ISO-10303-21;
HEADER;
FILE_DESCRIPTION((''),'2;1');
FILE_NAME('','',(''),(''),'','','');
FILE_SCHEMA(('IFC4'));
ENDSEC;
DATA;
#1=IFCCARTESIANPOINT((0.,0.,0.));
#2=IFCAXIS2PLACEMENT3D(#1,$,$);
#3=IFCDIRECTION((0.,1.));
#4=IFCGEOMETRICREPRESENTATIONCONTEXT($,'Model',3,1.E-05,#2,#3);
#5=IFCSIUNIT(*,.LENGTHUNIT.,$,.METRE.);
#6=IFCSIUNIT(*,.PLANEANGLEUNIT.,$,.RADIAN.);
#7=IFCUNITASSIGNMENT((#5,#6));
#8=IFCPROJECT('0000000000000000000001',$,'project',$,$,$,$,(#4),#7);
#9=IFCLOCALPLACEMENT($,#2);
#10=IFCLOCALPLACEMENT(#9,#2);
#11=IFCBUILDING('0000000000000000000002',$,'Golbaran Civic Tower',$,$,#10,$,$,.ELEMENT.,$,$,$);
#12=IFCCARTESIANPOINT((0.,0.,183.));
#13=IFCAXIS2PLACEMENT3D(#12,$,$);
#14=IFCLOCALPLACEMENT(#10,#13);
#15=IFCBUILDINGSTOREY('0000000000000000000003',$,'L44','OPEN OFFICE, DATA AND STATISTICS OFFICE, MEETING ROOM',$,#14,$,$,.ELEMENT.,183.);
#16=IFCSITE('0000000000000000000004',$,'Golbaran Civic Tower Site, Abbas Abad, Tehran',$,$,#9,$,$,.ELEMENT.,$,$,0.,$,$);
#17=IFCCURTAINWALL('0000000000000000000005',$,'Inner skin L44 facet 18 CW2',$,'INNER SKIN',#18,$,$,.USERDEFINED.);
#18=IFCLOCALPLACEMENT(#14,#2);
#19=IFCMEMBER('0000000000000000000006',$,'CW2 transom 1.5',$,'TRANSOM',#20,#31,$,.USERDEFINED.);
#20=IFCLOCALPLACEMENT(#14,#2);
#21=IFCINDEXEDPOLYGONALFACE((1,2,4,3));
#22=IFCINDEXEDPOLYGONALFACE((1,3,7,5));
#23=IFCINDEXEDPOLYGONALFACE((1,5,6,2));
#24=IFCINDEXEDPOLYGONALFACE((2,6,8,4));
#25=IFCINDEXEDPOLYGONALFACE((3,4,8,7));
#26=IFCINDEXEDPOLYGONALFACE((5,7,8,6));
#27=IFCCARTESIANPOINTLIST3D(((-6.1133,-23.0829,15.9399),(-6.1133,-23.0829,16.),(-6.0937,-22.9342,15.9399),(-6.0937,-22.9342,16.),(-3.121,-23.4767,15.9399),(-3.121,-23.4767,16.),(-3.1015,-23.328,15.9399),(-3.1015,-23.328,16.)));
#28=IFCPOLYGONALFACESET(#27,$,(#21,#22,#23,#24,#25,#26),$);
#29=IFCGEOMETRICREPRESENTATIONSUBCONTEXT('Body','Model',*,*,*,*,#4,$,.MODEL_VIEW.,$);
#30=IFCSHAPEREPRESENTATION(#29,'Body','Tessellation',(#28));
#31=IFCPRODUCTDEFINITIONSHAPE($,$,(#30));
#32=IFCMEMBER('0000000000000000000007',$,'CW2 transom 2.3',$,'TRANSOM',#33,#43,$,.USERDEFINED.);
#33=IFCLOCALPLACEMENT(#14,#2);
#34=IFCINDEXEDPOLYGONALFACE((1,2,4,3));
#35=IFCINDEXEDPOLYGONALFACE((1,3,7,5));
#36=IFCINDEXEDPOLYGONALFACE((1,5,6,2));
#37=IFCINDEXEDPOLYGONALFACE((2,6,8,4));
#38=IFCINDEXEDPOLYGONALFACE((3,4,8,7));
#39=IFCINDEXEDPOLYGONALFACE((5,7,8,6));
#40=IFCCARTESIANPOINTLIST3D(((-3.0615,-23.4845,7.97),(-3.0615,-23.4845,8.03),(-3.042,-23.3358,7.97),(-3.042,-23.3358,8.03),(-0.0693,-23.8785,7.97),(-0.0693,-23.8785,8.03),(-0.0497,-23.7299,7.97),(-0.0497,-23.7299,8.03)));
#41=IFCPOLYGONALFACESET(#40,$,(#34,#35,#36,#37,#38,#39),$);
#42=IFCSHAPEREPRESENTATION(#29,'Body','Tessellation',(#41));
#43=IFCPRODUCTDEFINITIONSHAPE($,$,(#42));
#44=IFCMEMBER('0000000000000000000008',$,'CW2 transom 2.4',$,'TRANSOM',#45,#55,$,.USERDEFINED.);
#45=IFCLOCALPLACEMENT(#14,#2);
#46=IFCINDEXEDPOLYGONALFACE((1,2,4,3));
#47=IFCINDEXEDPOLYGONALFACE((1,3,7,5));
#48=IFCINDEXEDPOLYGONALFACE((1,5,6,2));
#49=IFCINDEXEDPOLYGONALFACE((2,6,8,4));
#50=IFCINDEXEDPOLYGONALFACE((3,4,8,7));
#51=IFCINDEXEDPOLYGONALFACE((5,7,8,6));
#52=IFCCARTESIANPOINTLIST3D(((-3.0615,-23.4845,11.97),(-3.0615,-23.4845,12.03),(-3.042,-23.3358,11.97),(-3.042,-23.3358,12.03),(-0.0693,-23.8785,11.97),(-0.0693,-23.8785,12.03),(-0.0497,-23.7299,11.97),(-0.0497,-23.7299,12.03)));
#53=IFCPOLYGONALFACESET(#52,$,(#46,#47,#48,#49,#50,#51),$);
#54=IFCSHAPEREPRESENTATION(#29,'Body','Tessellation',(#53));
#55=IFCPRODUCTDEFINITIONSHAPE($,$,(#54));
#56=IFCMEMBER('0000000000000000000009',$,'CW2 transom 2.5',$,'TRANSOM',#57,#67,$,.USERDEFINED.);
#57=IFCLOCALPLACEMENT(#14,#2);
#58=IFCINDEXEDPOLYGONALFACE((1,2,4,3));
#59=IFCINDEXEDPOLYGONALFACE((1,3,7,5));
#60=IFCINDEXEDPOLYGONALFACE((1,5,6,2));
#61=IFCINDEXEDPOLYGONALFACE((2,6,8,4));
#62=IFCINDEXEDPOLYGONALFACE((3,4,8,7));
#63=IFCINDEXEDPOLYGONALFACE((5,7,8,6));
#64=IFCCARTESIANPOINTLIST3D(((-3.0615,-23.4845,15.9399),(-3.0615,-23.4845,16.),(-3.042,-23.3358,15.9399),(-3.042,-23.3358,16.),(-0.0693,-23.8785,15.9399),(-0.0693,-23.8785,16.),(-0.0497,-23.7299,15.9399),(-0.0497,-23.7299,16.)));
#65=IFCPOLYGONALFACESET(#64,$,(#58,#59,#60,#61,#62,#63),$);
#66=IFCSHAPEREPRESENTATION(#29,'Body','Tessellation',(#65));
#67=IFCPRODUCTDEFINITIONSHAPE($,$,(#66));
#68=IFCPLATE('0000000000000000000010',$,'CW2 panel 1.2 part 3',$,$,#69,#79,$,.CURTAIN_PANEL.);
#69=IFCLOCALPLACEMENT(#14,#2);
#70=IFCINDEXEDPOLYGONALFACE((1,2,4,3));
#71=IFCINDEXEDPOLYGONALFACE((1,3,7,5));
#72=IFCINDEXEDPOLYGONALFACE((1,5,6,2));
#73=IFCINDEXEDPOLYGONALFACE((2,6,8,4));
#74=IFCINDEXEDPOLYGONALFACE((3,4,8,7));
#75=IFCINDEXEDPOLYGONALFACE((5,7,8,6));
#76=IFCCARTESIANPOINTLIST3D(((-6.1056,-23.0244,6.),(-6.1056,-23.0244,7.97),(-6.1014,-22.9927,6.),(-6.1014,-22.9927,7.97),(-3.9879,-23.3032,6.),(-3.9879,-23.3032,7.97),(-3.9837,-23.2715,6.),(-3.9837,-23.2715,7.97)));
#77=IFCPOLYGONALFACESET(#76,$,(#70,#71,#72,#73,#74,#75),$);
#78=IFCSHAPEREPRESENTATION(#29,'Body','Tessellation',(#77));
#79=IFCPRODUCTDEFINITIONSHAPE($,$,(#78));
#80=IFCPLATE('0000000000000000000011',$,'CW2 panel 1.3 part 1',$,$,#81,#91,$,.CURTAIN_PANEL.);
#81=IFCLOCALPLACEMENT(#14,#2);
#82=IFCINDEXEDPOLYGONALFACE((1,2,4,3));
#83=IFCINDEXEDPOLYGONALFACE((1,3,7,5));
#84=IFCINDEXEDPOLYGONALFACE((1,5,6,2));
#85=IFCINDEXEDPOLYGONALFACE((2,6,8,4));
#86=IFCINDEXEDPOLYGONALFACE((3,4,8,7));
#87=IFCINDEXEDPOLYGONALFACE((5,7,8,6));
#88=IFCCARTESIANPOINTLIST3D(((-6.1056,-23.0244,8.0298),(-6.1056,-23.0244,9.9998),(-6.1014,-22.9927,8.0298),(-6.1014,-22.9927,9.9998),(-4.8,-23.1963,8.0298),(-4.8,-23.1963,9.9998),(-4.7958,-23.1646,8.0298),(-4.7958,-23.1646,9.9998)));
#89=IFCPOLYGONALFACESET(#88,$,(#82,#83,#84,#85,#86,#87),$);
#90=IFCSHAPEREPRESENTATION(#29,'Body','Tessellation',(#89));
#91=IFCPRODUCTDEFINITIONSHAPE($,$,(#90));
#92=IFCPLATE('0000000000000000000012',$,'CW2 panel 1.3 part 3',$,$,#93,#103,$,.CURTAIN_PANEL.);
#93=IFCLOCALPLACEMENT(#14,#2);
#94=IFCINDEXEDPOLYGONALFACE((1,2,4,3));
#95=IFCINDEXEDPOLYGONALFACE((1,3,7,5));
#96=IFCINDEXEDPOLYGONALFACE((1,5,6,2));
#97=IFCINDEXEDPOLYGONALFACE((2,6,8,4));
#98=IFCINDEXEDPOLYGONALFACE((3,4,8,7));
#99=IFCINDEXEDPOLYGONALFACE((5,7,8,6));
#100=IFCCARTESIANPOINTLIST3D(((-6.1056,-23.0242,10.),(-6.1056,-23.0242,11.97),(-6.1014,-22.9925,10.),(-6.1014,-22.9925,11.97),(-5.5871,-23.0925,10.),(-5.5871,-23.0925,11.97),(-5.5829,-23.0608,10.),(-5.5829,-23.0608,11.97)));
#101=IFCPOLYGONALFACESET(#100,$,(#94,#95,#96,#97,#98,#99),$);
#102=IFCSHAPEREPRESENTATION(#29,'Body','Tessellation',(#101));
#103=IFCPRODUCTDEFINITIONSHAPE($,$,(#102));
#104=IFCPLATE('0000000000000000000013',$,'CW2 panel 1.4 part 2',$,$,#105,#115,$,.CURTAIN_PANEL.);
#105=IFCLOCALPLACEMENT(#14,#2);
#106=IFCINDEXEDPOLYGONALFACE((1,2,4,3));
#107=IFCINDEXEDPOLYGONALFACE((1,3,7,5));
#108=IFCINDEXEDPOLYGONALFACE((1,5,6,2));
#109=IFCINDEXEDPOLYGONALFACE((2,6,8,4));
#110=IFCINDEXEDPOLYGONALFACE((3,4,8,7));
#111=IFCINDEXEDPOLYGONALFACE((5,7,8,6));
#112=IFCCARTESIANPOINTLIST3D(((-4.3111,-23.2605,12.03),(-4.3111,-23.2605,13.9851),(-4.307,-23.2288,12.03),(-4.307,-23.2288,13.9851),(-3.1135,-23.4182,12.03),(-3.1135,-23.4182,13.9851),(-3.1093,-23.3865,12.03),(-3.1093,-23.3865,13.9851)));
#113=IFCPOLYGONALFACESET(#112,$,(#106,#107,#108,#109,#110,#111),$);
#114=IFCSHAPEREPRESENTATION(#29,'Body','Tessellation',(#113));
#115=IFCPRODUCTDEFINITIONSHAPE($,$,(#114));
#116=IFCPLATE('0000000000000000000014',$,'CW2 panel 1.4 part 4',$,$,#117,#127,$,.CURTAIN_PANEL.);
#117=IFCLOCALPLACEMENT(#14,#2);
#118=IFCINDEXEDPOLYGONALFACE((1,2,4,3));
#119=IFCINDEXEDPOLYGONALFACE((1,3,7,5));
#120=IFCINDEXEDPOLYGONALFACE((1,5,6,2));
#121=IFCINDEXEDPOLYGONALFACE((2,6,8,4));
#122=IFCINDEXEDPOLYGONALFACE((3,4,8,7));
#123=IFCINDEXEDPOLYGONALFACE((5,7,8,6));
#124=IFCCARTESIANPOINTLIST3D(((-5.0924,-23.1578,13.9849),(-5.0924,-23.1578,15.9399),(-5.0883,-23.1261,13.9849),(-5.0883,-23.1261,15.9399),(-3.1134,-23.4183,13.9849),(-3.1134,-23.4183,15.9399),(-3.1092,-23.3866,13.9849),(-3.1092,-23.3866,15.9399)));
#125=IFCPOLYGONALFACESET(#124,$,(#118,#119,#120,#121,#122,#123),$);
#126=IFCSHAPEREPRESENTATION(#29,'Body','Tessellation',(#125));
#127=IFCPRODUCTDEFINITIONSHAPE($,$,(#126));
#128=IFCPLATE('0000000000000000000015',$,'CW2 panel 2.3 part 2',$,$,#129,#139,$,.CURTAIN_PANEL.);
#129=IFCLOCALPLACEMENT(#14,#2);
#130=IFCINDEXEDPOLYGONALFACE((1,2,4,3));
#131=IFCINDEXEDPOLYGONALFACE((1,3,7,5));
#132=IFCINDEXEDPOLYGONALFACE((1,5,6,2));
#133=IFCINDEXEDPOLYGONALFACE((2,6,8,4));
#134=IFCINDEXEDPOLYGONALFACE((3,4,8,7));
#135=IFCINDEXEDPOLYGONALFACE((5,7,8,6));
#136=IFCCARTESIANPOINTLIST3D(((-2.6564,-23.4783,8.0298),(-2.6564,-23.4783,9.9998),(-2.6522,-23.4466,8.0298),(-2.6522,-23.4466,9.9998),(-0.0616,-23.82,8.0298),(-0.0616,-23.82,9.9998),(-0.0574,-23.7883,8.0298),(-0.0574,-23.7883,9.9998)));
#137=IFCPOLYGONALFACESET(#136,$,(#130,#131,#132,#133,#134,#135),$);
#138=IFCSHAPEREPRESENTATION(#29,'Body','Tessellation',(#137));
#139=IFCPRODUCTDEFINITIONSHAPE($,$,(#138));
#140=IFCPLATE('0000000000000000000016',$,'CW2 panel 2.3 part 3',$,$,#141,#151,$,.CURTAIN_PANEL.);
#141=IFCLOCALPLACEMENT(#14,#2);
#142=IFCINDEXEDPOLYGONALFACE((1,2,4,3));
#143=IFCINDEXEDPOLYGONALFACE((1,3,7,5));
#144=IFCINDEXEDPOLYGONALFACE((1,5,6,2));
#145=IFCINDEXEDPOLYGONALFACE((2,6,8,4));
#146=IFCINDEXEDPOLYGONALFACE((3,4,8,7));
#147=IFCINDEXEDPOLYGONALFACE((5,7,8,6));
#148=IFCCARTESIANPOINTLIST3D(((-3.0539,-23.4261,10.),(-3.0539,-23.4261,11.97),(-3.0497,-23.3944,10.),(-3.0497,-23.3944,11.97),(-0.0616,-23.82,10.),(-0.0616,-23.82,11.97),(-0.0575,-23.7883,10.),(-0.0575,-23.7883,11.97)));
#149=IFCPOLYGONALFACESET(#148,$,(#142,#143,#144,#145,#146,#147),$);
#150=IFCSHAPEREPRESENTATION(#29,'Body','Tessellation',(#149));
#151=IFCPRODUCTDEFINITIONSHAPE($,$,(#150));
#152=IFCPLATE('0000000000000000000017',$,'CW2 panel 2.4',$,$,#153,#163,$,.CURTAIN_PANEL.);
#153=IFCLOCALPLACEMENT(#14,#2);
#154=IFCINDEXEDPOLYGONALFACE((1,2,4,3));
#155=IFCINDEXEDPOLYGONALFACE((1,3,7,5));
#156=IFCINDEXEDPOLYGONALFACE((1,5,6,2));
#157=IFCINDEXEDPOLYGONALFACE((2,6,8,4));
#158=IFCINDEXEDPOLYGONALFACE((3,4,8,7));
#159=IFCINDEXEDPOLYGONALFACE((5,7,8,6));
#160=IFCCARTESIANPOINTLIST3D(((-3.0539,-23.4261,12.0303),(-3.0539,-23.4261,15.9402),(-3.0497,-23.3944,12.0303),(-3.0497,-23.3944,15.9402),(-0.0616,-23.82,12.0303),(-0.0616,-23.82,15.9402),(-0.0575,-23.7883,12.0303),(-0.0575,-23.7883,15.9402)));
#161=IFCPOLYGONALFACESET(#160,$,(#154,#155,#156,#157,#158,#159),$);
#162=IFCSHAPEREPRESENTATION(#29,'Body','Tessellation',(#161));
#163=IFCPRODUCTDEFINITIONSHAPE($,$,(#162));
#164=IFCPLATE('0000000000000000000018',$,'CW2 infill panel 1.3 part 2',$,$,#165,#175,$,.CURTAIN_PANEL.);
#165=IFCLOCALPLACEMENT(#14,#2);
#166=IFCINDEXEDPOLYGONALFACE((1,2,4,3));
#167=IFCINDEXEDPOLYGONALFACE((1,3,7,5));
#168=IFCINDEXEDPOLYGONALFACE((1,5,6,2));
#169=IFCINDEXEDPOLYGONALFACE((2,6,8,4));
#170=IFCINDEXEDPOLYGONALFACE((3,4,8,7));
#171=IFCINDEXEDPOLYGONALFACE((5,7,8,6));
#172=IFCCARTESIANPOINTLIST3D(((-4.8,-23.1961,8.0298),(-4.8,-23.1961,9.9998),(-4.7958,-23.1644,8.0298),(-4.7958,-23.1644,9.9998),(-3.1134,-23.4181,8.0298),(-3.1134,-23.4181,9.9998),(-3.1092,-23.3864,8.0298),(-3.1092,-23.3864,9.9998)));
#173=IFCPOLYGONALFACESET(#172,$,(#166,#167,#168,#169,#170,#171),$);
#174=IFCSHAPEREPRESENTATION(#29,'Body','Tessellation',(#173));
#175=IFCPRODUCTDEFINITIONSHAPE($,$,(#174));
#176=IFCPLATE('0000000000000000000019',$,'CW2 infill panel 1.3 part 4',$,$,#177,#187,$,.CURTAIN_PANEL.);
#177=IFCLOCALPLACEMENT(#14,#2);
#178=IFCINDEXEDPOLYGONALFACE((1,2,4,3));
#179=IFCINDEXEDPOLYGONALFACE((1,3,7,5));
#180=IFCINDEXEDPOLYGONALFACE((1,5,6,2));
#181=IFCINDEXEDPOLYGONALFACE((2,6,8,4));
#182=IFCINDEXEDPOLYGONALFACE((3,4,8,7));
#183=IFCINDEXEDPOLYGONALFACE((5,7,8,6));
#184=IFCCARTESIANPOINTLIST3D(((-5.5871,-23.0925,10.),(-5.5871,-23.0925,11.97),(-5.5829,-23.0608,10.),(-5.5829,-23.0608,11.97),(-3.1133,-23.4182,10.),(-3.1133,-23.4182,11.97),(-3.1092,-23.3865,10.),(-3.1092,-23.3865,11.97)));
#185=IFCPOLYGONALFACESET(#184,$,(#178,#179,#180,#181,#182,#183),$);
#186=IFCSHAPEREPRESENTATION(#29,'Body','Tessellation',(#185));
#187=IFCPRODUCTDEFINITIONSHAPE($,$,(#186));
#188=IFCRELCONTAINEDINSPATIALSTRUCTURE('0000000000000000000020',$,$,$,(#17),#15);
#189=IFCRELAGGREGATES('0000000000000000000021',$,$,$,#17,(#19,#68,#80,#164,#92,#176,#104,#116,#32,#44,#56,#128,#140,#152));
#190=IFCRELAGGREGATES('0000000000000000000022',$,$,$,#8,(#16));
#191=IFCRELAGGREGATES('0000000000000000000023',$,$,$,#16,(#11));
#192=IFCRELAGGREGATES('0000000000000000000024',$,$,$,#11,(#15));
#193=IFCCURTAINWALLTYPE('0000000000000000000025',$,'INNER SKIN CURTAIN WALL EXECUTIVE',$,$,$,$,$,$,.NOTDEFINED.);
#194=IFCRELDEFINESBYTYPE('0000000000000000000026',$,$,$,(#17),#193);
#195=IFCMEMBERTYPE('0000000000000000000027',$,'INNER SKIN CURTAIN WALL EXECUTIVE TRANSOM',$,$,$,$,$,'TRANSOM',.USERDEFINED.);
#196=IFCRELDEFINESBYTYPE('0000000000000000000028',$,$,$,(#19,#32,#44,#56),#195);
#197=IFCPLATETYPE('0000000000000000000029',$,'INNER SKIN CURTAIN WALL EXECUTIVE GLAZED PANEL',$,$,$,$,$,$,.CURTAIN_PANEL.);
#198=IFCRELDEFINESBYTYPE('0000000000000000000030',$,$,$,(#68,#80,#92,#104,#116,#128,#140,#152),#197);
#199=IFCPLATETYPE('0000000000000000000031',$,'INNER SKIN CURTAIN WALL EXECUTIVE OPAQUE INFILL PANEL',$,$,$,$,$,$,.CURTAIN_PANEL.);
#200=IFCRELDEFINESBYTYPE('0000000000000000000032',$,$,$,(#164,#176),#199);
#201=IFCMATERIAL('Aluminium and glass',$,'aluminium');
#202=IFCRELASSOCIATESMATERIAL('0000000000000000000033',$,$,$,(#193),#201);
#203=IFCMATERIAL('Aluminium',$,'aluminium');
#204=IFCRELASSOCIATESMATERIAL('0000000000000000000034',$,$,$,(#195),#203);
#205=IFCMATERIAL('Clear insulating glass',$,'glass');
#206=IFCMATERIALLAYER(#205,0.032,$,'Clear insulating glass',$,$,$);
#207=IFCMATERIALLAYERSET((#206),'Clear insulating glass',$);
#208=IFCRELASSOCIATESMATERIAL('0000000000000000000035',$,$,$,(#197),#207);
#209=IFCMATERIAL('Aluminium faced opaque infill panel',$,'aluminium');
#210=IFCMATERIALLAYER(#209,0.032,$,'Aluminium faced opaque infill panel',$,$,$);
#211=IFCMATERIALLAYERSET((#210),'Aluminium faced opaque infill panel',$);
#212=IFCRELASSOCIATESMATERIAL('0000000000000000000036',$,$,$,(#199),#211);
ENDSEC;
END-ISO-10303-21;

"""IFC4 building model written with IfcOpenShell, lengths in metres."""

from ifc_helpers import new_model, si_unit, direction, frame, origin, origin_2d, place, context, subcontext, project, spatial, rectangle, extrude, material, layer, layer_set, material_profile, profile_set, type_object, element, aggregate, save


model = new_model("IFC4")

# Units and contexts
model_context = context("Model", 3, precision=1e-05, world=origin(), true_north=direction((0.0, 1.0)))
body_context = subcontext(model_context, "Body", "Model", "MODEL_VIEW")
ifc_project = project(units=[si_unit("LENGTHUNIT", "METRE"), si_unit("PLANEANGLEUNIT", "RADIAN")], contexts=[model_context])

# Site, building, storey
site_placement = place(None, origin())
site = spatial("IfcSite", under=ifc_project, at=site_placement, Name="Golbaran Civic Tower Site, Abbas Abad, Tehran", CompositionType="ELEMENT", RefElevation=0.0)
building_placement = place(site_placement, origin())
building = spatial("IfcBuilding", under=site, at=building_placement, Name="Golbaran Civic Tower", CompositionType="ELEMENT")
storey_placement = place(building_placement, frame((0.0, 0.0, 183.0)))
storey = spatial("IfcBuildingStorey", under=building, at=storey_placement, Name="L44", Description="OPEN OFFICE, DATA AND STATISTICS OFFICE, MEETING ROOM", CompositionType="ELEMENT", Elevation=183.0)

# Curtain wall, members, plates
ifc_material_1 = material(Name="Aluminium and glass", Category="aluminium")
curtain_wall_type_1 = type_object("IfcCurtainWallType", Name="INNER SKIN CURTAIN WALL EXECUTIVE", PredefinedType="NOTDEFINED", material=ifc_material_1)
curtain_wall_1_placement = place(storey_placement, origin())
curtain_wall_1 = element("IfcCurtainWall", 1, at=curtain_wall_1_placement, inside=storey, type_object=curtain_wall_type_1, Name="Inner skin L44 facet 18 CW2", ObjectType="INNER SKIN", PredefinedType="USERDEFINED")
ifc_material_2 = material(Name="Aluminium", Category="aluminium")
ifc_material_profile = material_profile(ifc_material_2, rectangle(XDim=0.1499, YDim=0.0601, at=origin_2d()), Name="INNER SKIN CURTAIN WALL EXECUTIVE TRANSOM")
ifc_profile_set = profile_set([ifc_material_profile], Name="Aluminium")
member_type = type_object("IfcMemberType", Name="INNER SKIN CURTAIN WALL EXECUTIVE TRANSOM", ElementType="TRANSOM", PredefinedType="USERDEFINED", material=ifc_profile_set)
member_1_placement = place(storey_placement, frame((-6.1035, -23.0085, 15.97), z_axis=(0.99145, -0.130484, 0.0), x_axis=(0.130484, 0.99145, 0.0)))
member_1 = element("IfcMember", 2, at=member_1_placement, type_object=member_type, Name="CW2 transom 1.5", ObjectType="TRANSOM", PredefinedType="USERDEFINED", context=body_context, shape_type="SweptSolid", body=[
    extrude(rectangle(XDim=0.1499, YDim=0.0601, at=origin_2d()), origin(), (0.0, 0.0, 1.0), 3.0181),
])
member_2_placement = place(storey_placement, frame((-3.0518, -23.4102, 8.0), z_axis=(0.99144, -0.130563, 0.0), x_axis=(0.130563, 0.99144, 0.0)))
member_2 = element("IfcMember", 3, at=member_2_placement, type_object=member_type, Name="CW2 transom 2.3", ObjectType="TRANSOM", PredefinedType="USERDEFINED", context=body_context, shape_type="SweptSolid", body=[
    extrude(rectangle(XDim=0.1499, YDim=0.0601, at=origin_2d()), origin(), (0.0, 0.0, 1.0), 3.0181),
])
member_3_placement = place(storey_placement, frame((-3.0518, -23.4102, 12.0), z_axis=(0.99144, -0.130563, 0.0), x_axis=(0.130563, 0.99144, 0.0)))
member_3 = element("IfcMember", 4, at=member_3_placement, type_object=member_type, Name="CW2 transom 2.4", ObjectType="TRANSOM", PredefinedType="USERDEFINED", context=body_context, shape_type="SweptSolid", body=[
    extrude(rectangle(XDim=0.1499, YDim=0.0601, at=origin_2d()), origin(), (0.0, 0.0, 1.0), 3.0181),
])
member_4_placement = place(storey_placement, frame((-3.0518, -23.4102, 15.97), z_axis=(0.99144, -0.130563, 0.0), x_axis=(0.130563, 0.99144, 0.0)))
member_4 = element("IfcMember", 5, at=member_4_placement, type_object=member_type, Name="CW2 transom 2.5", ObjectType="TRANSOM", PredefinedType="USERDEFINED", context=body_context, shape_type="SweptSolid", body=[
    extrude(rectangle(XDim=0.1499, YDim=0.0601, at=origin_2d()), origin(), (0.0, 0.0, 1.0), 3.0181),
])
ifc_material_3 = material(Name="Clear insulating glass", Category="glass")
ifc_layer_1 = layer(ifc_material_3, 0.032, Name="Clear insulating glass")
ifc_layer_set_1 = layer_set([ifc_layer_1], Name="Clear insulating glass")
plate_type_1 = type_object("IfcPlateType", Name="INNER SKIN CURTAIN WALL EXECUTIVE GLAZED PANEL", PredefinedType="CURTAIN_PANEL", material=ifc_layer_set_1)
plate_1_placement = place(storey_placement, frame((-5.0447, -23.1479, 6.0), z_axis=(0.0, 0.0, 1.0), x_axis=(0.991445, -0.130526, 0.0)))
plate_1 = element("IfcPlate", 6, at=plate_1_placement, type_object=plate_type_1, Name="CW2 panel 1.2 part 3", PredefinedType="CURTAIN_PANEL", context=body_context, shape_type="SweptSolid", body=[
    extrude(rectangle(XDim=2.136, YDim=0.032, at=origin_2d()), origin(), (0.0, 0.0, 1.0), 1.97),
])
plate_2_placement = place(storey_placement, frame((-5.4507, -23.0945, 8.0298), z_axis=(0.0, 0.0, 1.0), x_axis=(0.991445, -0.130526, 0.0)))
plate_2 = element("IfcPlate", 7, at=plate_2_placement, type_object=plate_type_1, Name="CW2 panel 1.3 part 1", PredefinedType="CURTAIN_PANEL", context=body_context, shape_type="SweptSolid", body=[
    extrude(rectangle(XDim=1.3169, YDim=0.032, at=origin_2d()), origin(), (0.0, 0.0, 1.0), 1.97),
])
plate_3_placement = place(storey_placement, frame((-5.8442, -23.0425, 10.0), z_axis=(0.0, 0.0, 1.0), x_axis=(0.991445, -0.130526, 0.0)))
plate_3 = element("IfcPlate", 8, at=plate_3_placement, type_object=plate_type_1, Name="CW2 panel 1.3 part 3", PredefinedType="CURTAIN_PANEL", context=body_context, shape_type="SweptSolid", body=[
    extrude(rectangle(XDim=0.5229, YDim=0.032, at=origin_2d()), origin(), (0.0, 0.0, 1.0), 1.97),
])
plate_4_placement = place(storey_placement, frame((-3.7102, -23.3235, 12.03), z_axis=(0.0, 0.0, 1.0), x_axis=(0.991445, -0.130526, 0.0)))
plate_4 = element("IfcPlate", 9, at=plate_4_placement, type_object=plate_type_1, Name="CW2 panel 1.4 part 2", PredefinedType="CURTAIN_PANEL", context=body_context, shape_type="SweptSolid", body=[
    extrude(rectangle(XDim=1.208, YDim=0.032, at=origin_2d()), origin(), (0.0, 0.0, 1.0), 1.9551),
])
plate_5_placement = place(storey_placement, frame((-4.1008, -23.2722, 13.9849), z_axis=(0.0, 0.0, 1.0), x_axis=(0.991445, -0.130526, 0.0)))
plate_5 = element("IfcPlate", 10, at=plate_5_placement, type_object=plate_type_1, Name="CW2 panel 1.4 part 4", PredefinedType="CURTAIN_PANEL", context=body_context, shape_type="SweptSolid", body=[
    extrude(rectangle(XDim=1.9961, YDim=0.032, at=origin_2d()), origin(), (0.0, 0.0, 1.0), 1.9551),
])
plate_6_placement = place(storey_placement, frame((-1.3569, -23.6333, 8.0298), z_axis=(0.0, 0.0, 1.0), x_axis=(0.991445, -0.130526, 0.0)))
plate_6 = element("IfcPlate", 11, at=plate_6_placement, type_object=plate_type_1, Name="CW2 panel 2.3 part 2", PredefinedType="CURTAIN_PANEL", context=body_context, shape_type="SweptSolid", body=[
    extrude(rectangle(XDim=2.6172, YDim=0.032, at=origin_2d()), origin(), (0.0, 0.0, 1.0), 1.97),
])
plate_7_placement = place(storey_placement, frame((-1.5557, -23.6072, 10.0), z_axis=(0.0, 0.0, 1.0), x_axis=(0.991445, -0.130526, 0.0)))
plate_7 = element("IfcPlate", 12, at=plate_7_placement, type_object=plate_type_1, Name="CW2 panel 2.3 part 3", PredefinedType="CURTAIN_PANEL", context=body_context, shape_type="SweptSolid", body=[
    extrude(rectangle(XDim=3.0181, YDim=0.032, at=origin_2d()), origin(), (0.0, 0.0, 1.0), 1.97),
])
plate_8_placement = place(storey_placement, frame((-1.5557, -23.6072, 12.0303), z_axis=(0.0, 0.0, 1.0), x_axis=(0.991445, -0.130526, 0.0)))
plate_8 = element("IfcPlate", 13, at=plate_8_placement, type_object=plate_type_1, Name="CW2 panel 2.4", PredefinedType="CURTAIN_PANEL", context=body_context, shape_type="SweptSolid", body=[
    extrude(rectangle(XDim=3.0181, YDim=0.032, at=origin_2d()), origin(), (0.0, 0.0, 1.0), 3.9099),
])
ifc_material_4 = material(Name="Aluminium faced opaque infill panel", Category="aluminium")
ifc_layer_2 = layer(ifc_material_4, 0.032, Name="Aluminium faced opaque infill panel")
ifc_layer_set_2 = layer_set([ifc_layer_2], Name="Aluminium faced opaque infill panel")
plate_type_2 = type_object("IfcPlateType", Name="INNER SKIN CURTAIN WALL EXECUTIVE OPAQUE INFILL PANEL", PredefinedType="CURTAIN_PANEL", material=ifc_layer_set_2)
plate_9_placement = place(storey_placement, frame((-3.9546, -23.2913, 8.0298), z_axis=(0.0, 0.0, 1.0), x_axis=(0.991445, -0.130526, 0.0)))
plate_9 = element("IfcPlate", 14, at=plate_9_placement, type_object=plate_type_2, Name="CW2 infill panel 1.3 part 2", PredefinedType="CURTAIN_PANEL", context=body_context, shape_type="SweptSolid", body=[
    extrude(rectangle(XDim=1.7012, YDim=0.032, at=origin_2d()), origin(), (0.0, 0.0, 1.0), 1.97),
])
plate_10_placement = place(storey_placement, frame((-4.3481, -23.2395, 10.0), z_axis=(0.0, 0.0, 1.0), x_axis=(0.991445, -0.130526, 0.0)))
plate_10 = element("IfcPlate", 15, at=plate_10_placement, type_object=plate_type_2, Name="CW2 infill panel 1.3 part 4", PredefinedType="CURTAIN_PANEL", context=body_context, shape_type="SweptSolid", body=[
    extrude(rectangle(XDim=2.4951, YDim=0.032, at=origin_2d()), origin(), (0.0, 0.0, 1.0), 1.97),
])
aggregate(curtain_wall_1, [member_1, plate_1, plate_2, plate_9, plate_3, plate_10, plate_4, plate_5, member_2, member_3, member_4, plate_6, plate_7, plate_8])

save(model, "model.ifc")
